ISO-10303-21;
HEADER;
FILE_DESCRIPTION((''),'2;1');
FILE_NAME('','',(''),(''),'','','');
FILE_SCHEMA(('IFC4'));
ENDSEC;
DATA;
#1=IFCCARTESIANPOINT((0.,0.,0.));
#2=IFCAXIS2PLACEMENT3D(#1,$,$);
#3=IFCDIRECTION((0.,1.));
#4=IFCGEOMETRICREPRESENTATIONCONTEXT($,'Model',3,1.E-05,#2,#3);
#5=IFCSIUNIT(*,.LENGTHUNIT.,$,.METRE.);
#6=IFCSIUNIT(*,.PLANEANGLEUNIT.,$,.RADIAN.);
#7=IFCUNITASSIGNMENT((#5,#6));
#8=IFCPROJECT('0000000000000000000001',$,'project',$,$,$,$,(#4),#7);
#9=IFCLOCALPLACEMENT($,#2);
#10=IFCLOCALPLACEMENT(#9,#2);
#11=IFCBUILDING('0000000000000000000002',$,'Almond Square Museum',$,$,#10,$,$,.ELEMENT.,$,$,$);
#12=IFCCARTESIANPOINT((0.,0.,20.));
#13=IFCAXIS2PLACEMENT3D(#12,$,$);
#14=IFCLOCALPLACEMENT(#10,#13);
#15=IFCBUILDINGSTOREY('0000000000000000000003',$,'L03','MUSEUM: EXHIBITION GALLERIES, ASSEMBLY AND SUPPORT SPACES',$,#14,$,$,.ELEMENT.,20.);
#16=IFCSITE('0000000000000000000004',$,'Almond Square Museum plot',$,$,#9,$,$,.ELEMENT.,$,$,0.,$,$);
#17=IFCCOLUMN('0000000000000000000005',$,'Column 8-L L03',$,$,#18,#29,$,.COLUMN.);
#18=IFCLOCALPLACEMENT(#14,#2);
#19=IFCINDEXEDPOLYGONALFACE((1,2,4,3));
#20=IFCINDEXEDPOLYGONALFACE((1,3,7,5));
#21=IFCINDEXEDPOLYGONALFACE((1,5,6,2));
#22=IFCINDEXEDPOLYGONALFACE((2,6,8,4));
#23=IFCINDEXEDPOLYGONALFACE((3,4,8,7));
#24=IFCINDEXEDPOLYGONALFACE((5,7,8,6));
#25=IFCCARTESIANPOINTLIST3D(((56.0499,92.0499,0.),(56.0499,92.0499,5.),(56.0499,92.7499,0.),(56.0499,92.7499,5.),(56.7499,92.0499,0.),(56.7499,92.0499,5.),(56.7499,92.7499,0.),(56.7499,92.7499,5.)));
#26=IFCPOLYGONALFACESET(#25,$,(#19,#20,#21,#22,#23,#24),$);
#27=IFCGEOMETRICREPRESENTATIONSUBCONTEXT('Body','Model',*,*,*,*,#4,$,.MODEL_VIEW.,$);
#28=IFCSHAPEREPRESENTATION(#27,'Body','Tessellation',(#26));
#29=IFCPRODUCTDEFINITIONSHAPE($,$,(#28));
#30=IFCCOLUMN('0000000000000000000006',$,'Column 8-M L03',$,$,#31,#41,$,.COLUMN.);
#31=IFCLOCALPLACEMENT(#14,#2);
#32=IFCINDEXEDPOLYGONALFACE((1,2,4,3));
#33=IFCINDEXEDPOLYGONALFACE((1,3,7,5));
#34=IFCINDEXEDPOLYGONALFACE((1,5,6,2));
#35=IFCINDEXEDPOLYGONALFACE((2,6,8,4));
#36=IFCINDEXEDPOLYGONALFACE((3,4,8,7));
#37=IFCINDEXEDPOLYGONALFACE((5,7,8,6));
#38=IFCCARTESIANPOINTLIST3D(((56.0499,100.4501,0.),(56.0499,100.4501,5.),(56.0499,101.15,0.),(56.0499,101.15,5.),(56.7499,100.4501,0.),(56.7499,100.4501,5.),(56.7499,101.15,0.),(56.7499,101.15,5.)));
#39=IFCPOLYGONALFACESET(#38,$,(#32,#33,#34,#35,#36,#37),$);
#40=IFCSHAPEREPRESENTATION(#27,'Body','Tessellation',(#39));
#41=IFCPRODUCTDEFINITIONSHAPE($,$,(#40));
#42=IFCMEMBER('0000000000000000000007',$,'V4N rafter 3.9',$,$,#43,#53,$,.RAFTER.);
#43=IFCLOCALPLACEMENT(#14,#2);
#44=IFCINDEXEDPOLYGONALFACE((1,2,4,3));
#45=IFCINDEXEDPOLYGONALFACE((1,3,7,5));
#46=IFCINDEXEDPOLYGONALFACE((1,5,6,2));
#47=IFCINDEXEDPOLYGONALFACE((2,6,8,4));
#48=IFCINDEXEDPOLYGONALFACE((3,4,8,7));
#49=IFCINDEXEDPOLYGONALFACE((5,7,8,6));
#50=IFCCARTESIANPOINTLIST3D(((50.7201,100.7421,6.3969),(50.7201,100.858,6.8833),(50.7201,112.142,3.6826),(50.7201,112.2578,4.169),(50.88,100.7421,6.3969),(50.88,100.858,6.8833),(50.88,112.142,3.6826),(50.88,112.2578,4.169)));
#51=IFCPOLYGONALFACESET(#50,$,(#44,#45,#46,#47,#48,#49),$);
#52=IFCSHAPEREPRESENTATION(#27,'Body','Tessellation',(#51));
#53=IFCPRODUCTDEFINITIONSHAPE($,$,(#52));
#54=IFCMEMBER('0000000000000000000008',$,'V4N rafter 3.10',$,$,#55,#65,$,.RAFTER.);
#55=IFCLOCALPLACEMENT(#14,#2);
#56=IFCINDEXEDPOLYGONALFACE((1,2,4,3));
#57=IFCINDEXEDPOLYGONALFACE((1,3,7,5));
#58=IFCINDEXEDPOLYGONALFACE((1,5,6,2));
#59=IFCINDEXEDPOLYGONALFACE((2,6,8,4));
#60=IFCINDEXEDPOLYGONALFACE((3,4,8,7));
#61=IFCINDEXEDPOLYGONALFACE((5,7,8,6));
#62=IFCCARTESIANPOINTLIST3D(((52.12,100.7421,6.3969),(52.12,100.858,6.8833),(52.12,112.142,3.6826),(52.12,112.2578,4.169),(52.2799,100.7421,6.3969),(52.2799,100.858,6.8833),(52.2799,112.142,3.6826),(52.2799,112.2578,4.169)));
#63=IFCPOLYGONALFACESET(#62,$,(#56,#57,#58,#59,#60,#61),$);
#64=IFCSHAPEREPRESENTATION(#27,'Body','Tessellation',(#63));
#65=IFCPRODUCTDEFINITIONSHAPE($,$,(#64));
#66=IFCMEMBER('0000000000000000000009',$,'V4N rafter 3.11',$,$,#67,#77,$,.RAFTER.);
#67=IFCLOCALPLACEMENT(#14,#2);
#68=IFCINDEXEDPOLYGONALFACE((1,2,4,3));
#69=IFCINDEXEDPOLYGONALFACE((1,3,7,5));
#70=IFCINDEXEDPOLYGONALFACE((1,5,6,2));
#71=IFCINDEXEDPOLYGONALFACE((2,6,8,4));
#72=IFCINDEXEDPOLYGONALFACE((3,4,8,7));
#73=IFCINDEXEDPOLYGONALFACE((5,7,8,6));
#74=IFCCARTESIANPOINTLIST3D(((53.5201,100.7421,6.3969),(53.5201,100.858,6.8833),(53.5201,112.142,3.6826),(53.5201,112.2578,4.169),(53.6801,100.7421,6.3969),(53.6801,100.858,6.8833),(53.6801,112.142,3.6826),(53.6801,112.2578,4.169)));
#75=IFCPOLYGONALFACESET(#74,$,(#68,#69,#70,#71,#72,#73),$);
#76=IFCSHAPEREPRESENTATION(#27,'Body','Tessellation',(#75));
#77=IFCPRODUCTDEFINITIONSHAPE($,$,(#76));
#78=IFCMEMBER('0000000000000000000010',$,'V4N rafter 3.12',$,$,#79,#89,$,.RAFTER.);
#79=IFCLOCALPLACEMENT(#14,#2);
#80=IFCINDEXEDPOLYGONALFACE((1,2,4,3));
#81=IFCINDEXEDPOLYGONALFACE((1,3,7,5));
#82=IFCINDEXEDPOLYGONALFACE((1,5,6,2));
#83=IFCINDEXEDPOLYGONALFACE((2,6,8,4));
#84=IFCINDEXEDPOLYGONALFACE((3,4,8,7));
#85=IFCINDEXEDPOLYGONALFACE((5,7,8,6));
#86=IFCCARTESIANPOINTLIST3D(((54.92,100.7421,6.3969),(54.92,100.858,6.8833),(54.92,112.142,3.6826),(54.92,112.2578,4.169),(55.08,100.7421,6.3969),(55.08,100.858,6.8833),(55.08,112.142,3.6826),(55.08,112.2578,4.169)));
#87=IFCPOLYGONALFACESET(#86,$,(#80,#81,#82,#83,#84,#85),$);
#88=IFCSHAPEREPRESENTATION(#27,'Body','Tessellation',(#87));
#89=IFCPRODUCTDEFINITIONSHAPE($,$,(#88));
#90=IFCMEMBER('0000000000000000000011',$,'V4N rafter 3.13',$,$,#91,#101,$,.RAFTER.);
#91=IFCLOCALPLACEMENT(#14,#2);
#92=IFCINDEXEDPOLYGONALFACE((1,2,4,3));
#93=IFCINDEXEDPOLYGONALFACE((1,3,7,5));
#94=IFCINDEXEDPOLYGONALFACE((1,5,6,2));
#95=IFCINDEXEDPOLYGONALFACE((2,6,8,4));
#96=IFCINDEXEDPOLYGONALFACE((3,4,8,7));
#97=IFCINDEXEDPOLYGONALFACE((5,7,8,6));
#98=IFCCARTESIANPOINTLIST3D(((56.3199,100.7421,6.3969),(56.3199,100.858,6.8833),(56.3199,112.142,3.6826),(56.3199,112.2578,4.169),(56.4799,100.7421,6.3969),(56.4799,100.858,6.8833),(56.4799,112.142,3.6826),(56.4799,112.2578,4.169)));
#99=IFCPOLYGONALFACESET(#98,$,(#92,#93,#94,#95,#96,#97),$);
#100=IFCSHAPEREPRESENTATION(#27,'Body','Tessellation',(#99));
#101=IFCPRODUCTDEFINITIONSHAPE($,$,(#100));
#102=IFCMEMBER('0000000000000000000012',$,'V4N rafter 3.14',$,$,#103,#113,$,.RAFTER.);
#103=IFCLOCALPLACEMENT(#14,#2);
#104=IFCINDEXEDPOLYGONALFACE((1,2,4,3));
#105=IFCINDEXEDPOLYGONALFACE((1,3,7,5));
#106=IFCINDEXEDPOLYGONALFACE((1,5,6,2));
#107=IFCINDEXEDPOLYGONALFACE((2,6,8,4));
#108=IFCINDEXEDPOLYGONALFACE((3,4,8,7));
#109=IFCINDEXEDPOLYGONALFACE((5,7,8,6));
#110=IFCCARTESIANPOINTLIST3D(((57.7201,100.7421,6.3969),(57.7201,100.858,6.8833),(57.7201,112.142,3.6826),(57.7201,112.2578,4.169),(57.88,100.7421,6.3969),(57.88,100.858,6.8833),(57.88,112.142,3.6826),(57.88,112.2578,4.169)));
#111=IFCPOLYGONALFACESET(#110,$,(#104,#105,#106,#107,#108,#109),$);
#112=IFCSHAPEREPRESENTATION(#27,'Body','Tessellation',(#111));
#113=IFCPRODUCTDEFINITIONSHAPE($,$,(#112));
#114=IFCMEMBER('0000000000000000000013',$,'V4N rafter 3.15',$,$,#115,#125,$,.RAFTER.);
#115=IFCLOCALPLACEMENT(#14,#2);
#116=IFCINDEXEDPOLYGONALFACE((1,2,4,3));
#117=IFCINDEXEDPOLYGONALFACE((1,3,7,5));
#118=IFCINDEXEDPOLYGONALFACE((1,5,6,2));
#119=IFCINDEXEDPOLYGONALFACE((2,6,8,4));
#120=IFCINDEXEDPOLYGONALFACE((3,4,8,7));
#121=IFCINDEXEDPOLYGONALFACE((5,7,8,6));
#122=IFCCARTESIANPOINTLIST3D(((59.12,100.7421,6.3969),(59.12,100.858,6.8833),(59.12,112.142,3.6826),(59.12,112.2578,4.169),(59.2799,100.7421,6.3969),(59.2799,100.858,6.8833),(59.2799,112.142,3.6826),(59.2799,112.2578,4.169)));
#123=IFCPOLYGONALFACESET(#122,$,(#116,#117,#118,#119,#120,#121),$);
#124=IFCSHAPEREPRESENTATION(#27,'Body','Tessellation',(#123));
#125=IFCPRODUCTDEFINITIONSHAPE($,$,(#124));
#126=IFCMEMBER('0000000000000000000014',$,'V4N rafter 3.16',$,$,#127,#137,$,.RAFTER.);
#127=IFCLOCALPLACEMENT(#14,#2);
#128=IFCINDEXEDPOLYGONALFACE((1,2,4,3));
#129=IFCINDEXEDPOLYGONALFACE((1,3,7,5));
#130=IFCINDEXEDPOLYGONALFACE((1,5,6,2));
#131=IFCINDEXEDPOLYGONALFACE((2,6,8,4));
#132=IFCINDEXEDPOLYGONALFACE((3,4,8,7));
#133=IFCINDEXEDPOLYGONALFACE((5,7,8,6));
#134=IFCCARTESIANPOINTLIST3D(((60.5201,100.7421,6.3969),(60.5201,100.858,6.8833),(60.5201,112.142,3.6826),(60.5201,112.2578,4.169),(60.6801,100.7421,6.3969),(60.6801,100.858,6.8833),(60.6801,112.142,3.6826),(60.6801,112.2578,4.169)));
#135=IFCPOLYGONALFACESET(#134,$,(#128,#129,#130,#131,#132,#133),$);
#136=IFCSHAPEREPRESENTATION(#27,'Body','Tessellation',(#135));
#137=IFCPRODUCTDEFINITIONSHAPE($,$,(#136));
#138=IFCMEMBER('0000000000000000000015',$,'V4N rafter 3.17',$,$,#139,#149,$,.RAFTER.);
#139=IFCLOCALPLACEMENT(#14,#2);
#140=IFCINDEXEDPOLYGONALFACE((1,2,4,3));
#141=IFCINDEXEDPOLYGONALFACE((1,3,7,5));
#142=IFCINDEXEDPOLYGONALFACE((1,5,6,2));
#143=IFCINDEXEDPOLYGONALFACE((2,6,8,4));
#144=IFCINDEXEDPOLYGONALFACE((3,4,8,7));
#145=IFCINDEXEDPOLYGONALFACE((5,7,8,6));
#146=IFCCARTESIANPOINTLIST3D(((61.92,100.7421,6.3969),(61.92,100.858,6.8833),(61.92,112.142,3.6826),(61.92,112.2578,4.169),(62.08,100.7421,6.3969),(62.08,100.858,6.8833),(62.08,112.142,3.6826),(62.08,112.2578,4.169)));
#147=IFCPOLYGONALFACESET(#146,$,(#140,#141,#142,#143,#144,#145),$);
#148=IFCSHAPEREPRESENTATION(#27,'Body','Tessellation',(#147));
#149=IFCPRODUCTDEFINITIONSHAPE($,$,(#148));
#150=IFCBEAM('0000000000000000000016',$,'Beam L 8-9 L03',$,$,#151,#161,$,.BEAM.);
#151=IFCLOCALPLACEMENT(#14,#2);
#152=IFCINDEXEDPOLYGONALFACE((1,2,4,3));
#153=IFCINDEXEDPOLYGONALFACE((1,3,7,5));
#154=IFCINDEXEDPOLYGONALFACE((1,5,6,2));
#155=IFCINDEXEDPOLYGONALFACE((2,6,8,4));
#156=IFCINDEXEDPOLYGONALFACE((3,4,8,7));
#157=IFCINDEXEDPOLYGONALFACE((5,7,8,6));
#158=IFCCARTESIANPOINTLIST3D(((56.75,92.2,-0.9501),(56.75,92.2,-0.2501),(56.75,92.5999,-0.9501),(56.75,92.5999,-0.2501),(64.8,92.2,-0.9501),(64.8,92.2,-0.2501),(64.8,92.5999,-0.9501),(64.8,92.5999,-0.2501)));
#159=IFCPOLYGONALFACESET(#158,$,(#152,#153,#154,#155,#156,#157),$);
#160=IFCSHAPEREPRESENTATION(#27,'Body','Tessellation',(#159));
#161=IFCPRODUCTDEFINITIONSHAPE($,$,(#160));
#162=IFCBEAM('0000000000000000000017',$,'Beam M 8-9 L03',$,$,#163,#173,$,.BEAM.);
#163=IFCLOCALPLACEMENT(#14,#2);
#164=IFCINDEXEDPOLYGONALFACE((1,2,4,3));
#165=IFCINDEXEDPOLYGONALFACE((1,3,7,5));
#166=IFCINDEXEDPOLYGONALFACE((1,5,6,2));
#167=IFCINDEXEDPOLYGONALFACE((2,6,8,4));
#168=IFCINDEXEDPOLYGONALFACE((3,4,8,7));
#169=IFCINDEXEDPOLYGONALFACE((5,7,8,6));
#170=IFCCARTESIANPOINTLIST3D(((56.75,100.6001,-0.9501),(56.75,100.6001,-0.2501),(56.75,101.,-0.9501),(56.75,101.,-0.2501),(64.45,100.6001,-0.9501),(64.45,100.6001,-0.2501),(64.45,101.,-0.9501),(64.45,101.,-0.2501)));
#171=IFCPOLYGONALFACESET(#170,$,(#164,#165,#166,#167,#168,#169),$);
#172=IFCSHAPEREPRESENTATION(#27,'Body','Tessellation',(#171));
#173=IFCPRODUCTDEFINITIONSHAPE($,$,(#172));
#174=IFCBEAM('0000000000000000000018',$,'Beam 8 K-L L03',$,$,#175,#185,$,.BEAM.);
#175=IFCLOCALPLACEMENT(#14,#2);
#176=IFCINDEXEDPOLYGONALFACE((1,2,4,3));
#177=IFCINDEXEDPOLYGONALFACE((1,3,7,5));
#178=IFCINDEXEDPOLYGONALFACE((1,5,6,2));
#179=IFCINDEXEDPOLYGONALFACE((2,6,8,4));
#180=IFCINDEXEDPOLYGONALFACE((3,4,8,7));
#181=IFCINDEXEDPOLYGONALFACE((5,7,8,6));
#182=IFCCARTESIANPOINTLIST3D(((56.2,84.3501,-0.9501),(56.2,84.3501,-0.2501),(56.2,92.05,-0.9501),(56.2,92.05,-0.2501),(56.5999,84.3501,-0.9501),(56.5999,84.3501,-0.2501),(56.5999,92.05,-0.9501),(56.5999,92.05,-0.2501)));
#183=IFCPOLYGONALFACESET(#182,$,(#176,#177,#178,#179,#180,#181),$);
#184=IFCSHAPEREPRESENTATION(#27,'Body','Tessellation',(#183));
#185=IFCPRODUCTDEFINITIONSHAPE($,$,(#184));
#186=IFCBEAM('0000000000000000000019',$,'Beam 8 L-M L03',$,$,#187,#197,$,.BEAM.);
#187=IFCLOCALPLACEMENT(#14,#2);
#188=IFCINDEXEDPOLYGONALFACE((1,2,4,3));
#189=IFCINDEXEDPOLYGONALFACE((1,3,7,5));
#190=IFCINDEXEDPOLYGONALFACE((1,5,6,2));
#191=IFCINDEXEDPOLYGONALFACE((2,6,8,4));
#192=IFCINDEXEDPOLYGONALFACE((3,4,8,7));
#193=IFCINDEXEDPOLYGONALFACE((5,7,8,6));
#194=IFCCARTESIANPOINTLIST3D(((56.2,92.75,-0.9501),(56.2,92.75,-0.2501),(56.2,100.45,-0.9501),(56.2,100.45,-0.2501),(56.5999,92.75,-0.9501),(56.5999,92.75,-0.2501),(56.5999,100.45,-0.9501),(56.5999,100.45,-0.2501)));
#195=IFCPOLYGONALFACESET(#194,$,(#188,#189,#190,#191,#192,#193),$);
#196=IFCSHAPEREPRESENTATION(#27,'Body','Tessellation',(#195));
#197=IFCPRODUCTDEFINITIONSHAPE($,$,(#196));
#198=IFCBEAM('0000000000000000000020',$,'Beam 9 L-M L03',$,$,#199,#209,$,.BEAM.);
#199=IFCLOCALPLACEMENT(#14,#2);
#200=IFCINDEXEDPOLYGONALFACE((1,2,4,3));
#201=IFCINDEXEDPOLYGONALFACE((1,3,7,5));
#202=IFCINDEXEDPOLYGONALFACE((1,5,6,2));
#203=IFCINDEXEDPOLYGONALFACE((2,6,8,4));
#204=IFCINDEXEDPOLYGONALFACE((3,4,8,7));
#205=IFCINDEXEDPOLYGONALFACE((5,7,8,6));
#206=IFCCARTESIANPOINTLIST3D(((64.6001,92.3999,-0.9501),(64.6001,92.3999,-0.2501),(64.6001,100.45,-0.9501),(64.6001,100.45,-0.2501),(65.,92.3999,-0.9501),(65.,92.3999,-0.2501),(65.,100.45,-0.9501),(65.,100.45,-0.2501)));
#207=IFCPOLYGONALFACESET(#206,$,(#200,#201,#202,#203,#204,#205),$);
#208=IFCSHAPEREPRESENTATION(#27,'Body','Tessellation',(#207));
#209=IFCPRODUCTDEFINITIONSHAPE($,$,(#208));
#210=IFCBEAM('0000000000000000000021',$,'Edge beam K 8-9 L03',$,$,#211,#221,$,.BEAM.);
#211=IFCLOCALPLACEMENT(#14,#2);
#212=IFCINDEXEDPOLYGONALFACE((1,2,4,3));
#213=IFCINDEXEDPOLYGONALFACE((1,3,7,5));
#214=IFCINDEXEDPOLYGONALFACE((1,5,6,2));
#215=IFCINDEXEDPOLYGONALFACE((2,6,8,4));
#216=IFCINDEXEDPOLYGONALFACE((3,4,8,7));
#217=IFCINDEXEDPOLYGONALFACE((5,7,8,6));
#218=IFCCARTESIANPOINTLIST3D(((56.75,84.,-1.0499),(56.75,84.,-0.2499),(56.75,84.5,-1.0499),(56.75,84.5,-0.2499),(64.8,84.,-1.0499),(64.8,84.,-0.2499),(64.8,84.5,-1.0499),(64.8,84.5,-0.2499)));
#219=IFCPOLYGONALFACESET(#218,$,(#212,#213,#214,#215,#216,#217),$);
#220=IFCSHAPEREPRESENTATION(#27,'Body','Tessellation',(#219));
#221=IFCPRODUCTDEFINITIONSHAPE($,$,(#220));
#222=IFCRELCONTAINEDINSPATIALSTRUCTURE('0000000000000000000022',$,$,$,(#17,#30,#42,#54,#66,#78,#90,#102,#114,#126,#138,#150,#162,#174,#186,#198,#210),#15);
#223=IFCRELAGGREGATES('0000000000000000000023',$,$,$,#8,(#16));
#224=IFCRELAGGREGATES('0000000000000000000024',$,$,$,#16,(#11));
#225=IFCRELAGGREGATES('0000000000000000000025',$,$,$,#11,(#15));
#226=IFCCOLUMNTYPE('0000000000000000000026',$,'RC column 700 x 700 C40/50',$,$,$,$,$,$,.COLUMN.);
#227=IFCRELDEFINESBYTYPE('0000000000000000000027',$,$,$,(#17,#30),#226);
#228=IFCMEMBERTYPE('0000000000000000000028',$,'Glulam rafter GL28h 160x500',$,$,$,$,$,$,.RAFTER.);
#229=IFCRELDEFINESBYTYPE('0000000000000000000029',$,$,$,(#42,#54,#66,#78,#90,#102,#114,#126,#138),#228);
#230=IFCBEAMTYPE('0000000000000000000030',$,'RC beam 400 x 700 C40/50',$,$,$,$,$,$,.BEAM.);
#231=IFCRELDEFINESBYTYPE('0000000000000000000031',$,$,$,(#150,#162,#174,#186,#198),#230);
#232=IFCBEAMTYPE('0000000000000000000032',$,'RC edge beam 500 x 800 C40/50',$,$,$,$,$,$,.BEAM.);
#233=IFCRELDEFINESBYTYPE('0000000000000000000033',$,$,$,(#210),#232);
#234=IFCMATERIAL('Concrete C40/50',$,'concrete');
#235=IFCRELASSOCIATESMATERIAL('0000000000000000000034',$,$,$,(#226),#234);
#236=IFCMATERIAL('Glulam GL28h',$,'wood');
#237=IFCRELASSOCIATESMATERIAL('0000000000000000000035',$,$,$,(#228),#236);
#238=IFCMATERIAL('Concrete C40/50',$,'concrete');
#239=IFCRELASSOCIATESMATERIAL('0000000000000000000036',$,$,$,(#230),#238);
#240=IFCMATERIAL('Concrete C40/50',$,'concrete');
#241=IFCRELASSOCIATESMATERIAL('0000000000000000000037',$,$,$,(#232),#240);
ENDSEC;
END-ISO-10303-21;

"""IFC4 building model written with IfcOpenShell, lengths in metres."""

from ifc_helpers import new_model, si_unit, direction, frame, origin, origin_2d, place, context, subcontext, project, spatial, rectangle, extrude, material, material_profile, profile_set, type_object, element, save


model = new_model("IFC4")

# Units and contexts
model_context = context("Model", 3, precision=1e-05, world=origin(), true_north=direction((0.0, 1.0)))
body_context = subcontext(model_context, "Body", "Model", "MODEL_VIEW")
ifc_project = project(units=[si_unit("LENGTHUNIT", "METRE"), si_unit("PLANEANGLEUNIT", "RADIAN")], contexts=[model_context])

# Site, building, storey
site_placement = place(None, origin())
site = spatial("IfcSite", under=ifc_project, at=site_placement, Name="Almond Square Museum plot", CompositionType="ELEMENT", RefElevation=0.0)
building_placement = place(site_placement, origin())
building = spatial("IfcBuilding", under=site, at=building_placement, Name="Almond Square Museum", CompositionType="ELEMENT")
storey_placement = place(building_placement, frame((0.0, 0.0, 20.0)))
storey = spatial("IfcBuildingStorey", under=building, at=storey_placement, Name="L03", Description="MUSEUM: EXHIBITION GALLERIES, ASSEMBLY AND SUPPORT SPACES", CompositionType="ELEMENT", Elevation=20.0)

# Columns
ifc_material_1 = material(Name="Concrete C40/50", Category="concrete")
ifc_material_profile_1 = material_profile(ifc_material_1, rectangle(XDim=0.7, YDim=0.7, at=origin_2d()))
ifc_profile_set_1 = profile_set([ifc_material_profile_1], Name="Concrete C40/50")
column_type = type_object("IfcColumnType", Name="RC column 700 x 700 C40/50", PredefinedType="COLUMN", material=ifc_profile_set_1)
for number, where, z_axis, x_axis, name in (
    (1, (56.3999, 92.3999, 0.0), (0.0, 0.0, 1.0), (1.0, 0.0, 0.0), "Column 8-L L03"),
    (2, (56.3999, 100.8, 0.0), (0.0, 0.0, 1.0), (1.0, 0.0, 0.0), "Column 8-M L03"),
):
    element("IfcColumn", number, at=place(storey_placement, frame(where, z_axis=z_axis, x_axis=x_axis)), inside=storey, type_object=column_type, Name=name, PredefinedType="COLUMN", context=body_context, shape_type="SweptSolid", body=[
        extrude(rectangle(XDim=0.7, YDim=0.7, at=origin_2d()), origin(), (0.0, 0.0, 1.0), 5.0),
    ])

# Members
ifc_material_2 = material(Name="Glulam GL28h", Category="wood")
ifc_material_profile_2 = material_profile(ifc_material_2, rectangle(XDim=0.1599, YDim=0.5, at=origin_2d()))
ifc_profile_set_2 = profile_set([ifc_material_profile_2], Name="Glulam GL28h")
member_type = type_object("IfcMemberType", Name="Glulam rafter GL28h 160x500", PredefinedType="RAFTER", material=ifc_profile_set_2)
for number, where, z_axis, x_axis, name in (
    (3, (50.8, 100.8, 6.6401), (0.0, 0.972804, -0.231628), (-1.0, 0.0, 0.0), "V4N rafter 3.9"),
    (4, (52.2, 100.8, 6.6401), (0.0, 0.972804, -0.231628), (-1.0, 0.0, 0.0), "V4N rafter 3.10"),
    (5, (53.6001, 100.8, 6.6401), (0.0, 0.972804, -0.231628), (-1.0, 0.0, 0.0), "V4N rafter 3.11"),
    (6, (55.0, 100.8, 6.6401), (0.0, 0.972804, -0.231628), (-1.0, 0.0, 0.0), "V4N rafter 3.12"),
    (7, (56.3999, 100.8, 6.6401), (0.0, 0.972804, -0.231628), (-1.0, 0.0, 0.0), "V4N rafter 3.13"),
    (8, (57.8, 100.8, 6.6401), (0.0, 0.972804, -0.231628), (-1.0, 0.0, 0.0), "V4N rafter 3.14"),
    (9, (59.2, 100.8, 6.6401), (0.0, 0.972804, -0.231628), (-1.0, 0.0, 0.0), "V4N rafter 3.15"),
    (10, (60.6001, 100.8, 6.6401), (0.0, 0.972804, -0.231628), (-1.0, 0.0, 0.0), "V4N rafter 3.16"),
    (11, (62.0, 100.8, 6.6401), (0.0, 0.972804, -0.231628), (-1.0, 0.0, 0.0), "V4N rafter 3.17"),
):
    element("IfcMember", number, at=place(storey_placement, frame(where, z_axis=z_axis, x_axis=x_axis)), inside=storey, type_object=member_type, Name=name, PredefinedType="RAFTER", context=body_context, shape_type="SweptSolid", body=[
        extrude(rectangle(XDim=0.1599, YDim=0.5, at=origin_2d()), origin(), (0.0, 0.0, 1.0), 11.7185),
    ])

# Beams
ifc_material_3 = material(Name="Concrete C40/50", Category="concrete")
ifc_material_profile_3 = material_profile(ifc_material_3, rectangle(XDim=0.3999, YDim=0.7, at=origin_2d()))
ifc_profile_set_3 = profile_set([ifc_material_profile_3], Name="Concrete C40/50")
beam_type_1 = type_object("IfcBeamType", Name="RC beam 400 x 700 C40/50", PredefinedType="BEAM", material=ifc_profile_set_3)
beam_1_placement = place(storey_placement, frame((56.75, 92.3999, -0.6001), z_axis=(1.0, 0.0, 0.0), x_axis=(0.0, 1.0, 0.0)))
element("IfcBeam", 12, at=beam_1_placement, inside=storey, type_object=beam_type_1, Name="Beam L 8-9 L03", PredefinedType="BEAM", context=body_context, shape_type="SweptSolid", body=[
    extrude(rectangle(XDim=0.3999, YDim=0.7, at=origin_2d()), origin(), (0.0, 0.0, 1.0), 8.05),
])
for number, where, z_axis, x_axis, name in (
    (13, (56.75, 100.8, -0.6001), (1.0, 0.0, 0.0), (0.0, 1.0, 0.0), "Beam M 8-9 L03"),
    (14, (56.3999, 84.3501, -0.6001), (0.0, 1.0, 0.0), (-1.0, 0.0, 0.0), "Beam 8 K-L L03"),
    (15, (56.3999, 92.75, -0.6001), (0.0, 1.0, 0.0), (-1.0, 0.0, 0.0), "Beam 8 L-M L03"),
):
    element("IfcBeam", number, at=place(storey_placement, frame(where, z_axis=z_axis, x_axis=x_axis)), inside=storey, type_object=beam_type_1, Name=name, PredefinedType="BEAM", context=body_context, shape_type="SweptSolid", body=[
        extrude(rectangle(XDim=0.3999, YDim=0.7, at=origin_2d()), origin(), (0.0, 0.0, 1.0), 7.7),
    ])
beam_2_placement = place(storey_placement, frame((64.8, 92.3999, -0.6001), z_axis=(0.0, 1.0, 0.0), x_axis=(-1.0, 0.0, 0.0)))
element("IfcBeam", 16, at=beam_2_placement, inside=storey, type_object=beam_type_1, Name="Beam 9 L-M L03", PredefinedType="BEAM", context=body_context, shape_type="SweptSolid", body=[
    extrude(rectangle(XDim=0.3999, YDim=0.7, at=origin_2d()), origin(), (0.0, 0.0, 1.0), 8.05),
])
ifc_material_4 = material(Name="Concrete C40/50", Category="concrete")
ifc_material_profile_4 = material_profile(ifc_material_4, rectangle(XDim=0.5, YDim=0.8, at=origin_2d()))
ifc_profile_set_4 = profile_set([ifc_material_profile_4], Name="Concrete C40/50")
beam_type_2 = type_object("IfcBeamType", Name="RC edge beam 500 x 800 C40/50", PredefinedType="BEAM", material=ifc_profile_set_4)
beam_3_placement = place(storey_placement, frame((56.75, 84.25, -0.6499), z_axis=(1.0, 0.0, 0.0), x_axis=(0.0, 1.0, 0.0)))
element("IfcBeam", 17, at=beam_3_placement, inside=storey, type_object=beam_type_2, Name="Edge beam K 8-9 L03", PredefinedType="BEAM", context=body_context, shape_type="SweptSolid", body=[
    extrude(rectangle(XDim=0.5, YDim=0.8, at=origin_2d()), origin(), (0.0, 0.0, 1.0), 8.05),
])

save(model, "model.ifc")
